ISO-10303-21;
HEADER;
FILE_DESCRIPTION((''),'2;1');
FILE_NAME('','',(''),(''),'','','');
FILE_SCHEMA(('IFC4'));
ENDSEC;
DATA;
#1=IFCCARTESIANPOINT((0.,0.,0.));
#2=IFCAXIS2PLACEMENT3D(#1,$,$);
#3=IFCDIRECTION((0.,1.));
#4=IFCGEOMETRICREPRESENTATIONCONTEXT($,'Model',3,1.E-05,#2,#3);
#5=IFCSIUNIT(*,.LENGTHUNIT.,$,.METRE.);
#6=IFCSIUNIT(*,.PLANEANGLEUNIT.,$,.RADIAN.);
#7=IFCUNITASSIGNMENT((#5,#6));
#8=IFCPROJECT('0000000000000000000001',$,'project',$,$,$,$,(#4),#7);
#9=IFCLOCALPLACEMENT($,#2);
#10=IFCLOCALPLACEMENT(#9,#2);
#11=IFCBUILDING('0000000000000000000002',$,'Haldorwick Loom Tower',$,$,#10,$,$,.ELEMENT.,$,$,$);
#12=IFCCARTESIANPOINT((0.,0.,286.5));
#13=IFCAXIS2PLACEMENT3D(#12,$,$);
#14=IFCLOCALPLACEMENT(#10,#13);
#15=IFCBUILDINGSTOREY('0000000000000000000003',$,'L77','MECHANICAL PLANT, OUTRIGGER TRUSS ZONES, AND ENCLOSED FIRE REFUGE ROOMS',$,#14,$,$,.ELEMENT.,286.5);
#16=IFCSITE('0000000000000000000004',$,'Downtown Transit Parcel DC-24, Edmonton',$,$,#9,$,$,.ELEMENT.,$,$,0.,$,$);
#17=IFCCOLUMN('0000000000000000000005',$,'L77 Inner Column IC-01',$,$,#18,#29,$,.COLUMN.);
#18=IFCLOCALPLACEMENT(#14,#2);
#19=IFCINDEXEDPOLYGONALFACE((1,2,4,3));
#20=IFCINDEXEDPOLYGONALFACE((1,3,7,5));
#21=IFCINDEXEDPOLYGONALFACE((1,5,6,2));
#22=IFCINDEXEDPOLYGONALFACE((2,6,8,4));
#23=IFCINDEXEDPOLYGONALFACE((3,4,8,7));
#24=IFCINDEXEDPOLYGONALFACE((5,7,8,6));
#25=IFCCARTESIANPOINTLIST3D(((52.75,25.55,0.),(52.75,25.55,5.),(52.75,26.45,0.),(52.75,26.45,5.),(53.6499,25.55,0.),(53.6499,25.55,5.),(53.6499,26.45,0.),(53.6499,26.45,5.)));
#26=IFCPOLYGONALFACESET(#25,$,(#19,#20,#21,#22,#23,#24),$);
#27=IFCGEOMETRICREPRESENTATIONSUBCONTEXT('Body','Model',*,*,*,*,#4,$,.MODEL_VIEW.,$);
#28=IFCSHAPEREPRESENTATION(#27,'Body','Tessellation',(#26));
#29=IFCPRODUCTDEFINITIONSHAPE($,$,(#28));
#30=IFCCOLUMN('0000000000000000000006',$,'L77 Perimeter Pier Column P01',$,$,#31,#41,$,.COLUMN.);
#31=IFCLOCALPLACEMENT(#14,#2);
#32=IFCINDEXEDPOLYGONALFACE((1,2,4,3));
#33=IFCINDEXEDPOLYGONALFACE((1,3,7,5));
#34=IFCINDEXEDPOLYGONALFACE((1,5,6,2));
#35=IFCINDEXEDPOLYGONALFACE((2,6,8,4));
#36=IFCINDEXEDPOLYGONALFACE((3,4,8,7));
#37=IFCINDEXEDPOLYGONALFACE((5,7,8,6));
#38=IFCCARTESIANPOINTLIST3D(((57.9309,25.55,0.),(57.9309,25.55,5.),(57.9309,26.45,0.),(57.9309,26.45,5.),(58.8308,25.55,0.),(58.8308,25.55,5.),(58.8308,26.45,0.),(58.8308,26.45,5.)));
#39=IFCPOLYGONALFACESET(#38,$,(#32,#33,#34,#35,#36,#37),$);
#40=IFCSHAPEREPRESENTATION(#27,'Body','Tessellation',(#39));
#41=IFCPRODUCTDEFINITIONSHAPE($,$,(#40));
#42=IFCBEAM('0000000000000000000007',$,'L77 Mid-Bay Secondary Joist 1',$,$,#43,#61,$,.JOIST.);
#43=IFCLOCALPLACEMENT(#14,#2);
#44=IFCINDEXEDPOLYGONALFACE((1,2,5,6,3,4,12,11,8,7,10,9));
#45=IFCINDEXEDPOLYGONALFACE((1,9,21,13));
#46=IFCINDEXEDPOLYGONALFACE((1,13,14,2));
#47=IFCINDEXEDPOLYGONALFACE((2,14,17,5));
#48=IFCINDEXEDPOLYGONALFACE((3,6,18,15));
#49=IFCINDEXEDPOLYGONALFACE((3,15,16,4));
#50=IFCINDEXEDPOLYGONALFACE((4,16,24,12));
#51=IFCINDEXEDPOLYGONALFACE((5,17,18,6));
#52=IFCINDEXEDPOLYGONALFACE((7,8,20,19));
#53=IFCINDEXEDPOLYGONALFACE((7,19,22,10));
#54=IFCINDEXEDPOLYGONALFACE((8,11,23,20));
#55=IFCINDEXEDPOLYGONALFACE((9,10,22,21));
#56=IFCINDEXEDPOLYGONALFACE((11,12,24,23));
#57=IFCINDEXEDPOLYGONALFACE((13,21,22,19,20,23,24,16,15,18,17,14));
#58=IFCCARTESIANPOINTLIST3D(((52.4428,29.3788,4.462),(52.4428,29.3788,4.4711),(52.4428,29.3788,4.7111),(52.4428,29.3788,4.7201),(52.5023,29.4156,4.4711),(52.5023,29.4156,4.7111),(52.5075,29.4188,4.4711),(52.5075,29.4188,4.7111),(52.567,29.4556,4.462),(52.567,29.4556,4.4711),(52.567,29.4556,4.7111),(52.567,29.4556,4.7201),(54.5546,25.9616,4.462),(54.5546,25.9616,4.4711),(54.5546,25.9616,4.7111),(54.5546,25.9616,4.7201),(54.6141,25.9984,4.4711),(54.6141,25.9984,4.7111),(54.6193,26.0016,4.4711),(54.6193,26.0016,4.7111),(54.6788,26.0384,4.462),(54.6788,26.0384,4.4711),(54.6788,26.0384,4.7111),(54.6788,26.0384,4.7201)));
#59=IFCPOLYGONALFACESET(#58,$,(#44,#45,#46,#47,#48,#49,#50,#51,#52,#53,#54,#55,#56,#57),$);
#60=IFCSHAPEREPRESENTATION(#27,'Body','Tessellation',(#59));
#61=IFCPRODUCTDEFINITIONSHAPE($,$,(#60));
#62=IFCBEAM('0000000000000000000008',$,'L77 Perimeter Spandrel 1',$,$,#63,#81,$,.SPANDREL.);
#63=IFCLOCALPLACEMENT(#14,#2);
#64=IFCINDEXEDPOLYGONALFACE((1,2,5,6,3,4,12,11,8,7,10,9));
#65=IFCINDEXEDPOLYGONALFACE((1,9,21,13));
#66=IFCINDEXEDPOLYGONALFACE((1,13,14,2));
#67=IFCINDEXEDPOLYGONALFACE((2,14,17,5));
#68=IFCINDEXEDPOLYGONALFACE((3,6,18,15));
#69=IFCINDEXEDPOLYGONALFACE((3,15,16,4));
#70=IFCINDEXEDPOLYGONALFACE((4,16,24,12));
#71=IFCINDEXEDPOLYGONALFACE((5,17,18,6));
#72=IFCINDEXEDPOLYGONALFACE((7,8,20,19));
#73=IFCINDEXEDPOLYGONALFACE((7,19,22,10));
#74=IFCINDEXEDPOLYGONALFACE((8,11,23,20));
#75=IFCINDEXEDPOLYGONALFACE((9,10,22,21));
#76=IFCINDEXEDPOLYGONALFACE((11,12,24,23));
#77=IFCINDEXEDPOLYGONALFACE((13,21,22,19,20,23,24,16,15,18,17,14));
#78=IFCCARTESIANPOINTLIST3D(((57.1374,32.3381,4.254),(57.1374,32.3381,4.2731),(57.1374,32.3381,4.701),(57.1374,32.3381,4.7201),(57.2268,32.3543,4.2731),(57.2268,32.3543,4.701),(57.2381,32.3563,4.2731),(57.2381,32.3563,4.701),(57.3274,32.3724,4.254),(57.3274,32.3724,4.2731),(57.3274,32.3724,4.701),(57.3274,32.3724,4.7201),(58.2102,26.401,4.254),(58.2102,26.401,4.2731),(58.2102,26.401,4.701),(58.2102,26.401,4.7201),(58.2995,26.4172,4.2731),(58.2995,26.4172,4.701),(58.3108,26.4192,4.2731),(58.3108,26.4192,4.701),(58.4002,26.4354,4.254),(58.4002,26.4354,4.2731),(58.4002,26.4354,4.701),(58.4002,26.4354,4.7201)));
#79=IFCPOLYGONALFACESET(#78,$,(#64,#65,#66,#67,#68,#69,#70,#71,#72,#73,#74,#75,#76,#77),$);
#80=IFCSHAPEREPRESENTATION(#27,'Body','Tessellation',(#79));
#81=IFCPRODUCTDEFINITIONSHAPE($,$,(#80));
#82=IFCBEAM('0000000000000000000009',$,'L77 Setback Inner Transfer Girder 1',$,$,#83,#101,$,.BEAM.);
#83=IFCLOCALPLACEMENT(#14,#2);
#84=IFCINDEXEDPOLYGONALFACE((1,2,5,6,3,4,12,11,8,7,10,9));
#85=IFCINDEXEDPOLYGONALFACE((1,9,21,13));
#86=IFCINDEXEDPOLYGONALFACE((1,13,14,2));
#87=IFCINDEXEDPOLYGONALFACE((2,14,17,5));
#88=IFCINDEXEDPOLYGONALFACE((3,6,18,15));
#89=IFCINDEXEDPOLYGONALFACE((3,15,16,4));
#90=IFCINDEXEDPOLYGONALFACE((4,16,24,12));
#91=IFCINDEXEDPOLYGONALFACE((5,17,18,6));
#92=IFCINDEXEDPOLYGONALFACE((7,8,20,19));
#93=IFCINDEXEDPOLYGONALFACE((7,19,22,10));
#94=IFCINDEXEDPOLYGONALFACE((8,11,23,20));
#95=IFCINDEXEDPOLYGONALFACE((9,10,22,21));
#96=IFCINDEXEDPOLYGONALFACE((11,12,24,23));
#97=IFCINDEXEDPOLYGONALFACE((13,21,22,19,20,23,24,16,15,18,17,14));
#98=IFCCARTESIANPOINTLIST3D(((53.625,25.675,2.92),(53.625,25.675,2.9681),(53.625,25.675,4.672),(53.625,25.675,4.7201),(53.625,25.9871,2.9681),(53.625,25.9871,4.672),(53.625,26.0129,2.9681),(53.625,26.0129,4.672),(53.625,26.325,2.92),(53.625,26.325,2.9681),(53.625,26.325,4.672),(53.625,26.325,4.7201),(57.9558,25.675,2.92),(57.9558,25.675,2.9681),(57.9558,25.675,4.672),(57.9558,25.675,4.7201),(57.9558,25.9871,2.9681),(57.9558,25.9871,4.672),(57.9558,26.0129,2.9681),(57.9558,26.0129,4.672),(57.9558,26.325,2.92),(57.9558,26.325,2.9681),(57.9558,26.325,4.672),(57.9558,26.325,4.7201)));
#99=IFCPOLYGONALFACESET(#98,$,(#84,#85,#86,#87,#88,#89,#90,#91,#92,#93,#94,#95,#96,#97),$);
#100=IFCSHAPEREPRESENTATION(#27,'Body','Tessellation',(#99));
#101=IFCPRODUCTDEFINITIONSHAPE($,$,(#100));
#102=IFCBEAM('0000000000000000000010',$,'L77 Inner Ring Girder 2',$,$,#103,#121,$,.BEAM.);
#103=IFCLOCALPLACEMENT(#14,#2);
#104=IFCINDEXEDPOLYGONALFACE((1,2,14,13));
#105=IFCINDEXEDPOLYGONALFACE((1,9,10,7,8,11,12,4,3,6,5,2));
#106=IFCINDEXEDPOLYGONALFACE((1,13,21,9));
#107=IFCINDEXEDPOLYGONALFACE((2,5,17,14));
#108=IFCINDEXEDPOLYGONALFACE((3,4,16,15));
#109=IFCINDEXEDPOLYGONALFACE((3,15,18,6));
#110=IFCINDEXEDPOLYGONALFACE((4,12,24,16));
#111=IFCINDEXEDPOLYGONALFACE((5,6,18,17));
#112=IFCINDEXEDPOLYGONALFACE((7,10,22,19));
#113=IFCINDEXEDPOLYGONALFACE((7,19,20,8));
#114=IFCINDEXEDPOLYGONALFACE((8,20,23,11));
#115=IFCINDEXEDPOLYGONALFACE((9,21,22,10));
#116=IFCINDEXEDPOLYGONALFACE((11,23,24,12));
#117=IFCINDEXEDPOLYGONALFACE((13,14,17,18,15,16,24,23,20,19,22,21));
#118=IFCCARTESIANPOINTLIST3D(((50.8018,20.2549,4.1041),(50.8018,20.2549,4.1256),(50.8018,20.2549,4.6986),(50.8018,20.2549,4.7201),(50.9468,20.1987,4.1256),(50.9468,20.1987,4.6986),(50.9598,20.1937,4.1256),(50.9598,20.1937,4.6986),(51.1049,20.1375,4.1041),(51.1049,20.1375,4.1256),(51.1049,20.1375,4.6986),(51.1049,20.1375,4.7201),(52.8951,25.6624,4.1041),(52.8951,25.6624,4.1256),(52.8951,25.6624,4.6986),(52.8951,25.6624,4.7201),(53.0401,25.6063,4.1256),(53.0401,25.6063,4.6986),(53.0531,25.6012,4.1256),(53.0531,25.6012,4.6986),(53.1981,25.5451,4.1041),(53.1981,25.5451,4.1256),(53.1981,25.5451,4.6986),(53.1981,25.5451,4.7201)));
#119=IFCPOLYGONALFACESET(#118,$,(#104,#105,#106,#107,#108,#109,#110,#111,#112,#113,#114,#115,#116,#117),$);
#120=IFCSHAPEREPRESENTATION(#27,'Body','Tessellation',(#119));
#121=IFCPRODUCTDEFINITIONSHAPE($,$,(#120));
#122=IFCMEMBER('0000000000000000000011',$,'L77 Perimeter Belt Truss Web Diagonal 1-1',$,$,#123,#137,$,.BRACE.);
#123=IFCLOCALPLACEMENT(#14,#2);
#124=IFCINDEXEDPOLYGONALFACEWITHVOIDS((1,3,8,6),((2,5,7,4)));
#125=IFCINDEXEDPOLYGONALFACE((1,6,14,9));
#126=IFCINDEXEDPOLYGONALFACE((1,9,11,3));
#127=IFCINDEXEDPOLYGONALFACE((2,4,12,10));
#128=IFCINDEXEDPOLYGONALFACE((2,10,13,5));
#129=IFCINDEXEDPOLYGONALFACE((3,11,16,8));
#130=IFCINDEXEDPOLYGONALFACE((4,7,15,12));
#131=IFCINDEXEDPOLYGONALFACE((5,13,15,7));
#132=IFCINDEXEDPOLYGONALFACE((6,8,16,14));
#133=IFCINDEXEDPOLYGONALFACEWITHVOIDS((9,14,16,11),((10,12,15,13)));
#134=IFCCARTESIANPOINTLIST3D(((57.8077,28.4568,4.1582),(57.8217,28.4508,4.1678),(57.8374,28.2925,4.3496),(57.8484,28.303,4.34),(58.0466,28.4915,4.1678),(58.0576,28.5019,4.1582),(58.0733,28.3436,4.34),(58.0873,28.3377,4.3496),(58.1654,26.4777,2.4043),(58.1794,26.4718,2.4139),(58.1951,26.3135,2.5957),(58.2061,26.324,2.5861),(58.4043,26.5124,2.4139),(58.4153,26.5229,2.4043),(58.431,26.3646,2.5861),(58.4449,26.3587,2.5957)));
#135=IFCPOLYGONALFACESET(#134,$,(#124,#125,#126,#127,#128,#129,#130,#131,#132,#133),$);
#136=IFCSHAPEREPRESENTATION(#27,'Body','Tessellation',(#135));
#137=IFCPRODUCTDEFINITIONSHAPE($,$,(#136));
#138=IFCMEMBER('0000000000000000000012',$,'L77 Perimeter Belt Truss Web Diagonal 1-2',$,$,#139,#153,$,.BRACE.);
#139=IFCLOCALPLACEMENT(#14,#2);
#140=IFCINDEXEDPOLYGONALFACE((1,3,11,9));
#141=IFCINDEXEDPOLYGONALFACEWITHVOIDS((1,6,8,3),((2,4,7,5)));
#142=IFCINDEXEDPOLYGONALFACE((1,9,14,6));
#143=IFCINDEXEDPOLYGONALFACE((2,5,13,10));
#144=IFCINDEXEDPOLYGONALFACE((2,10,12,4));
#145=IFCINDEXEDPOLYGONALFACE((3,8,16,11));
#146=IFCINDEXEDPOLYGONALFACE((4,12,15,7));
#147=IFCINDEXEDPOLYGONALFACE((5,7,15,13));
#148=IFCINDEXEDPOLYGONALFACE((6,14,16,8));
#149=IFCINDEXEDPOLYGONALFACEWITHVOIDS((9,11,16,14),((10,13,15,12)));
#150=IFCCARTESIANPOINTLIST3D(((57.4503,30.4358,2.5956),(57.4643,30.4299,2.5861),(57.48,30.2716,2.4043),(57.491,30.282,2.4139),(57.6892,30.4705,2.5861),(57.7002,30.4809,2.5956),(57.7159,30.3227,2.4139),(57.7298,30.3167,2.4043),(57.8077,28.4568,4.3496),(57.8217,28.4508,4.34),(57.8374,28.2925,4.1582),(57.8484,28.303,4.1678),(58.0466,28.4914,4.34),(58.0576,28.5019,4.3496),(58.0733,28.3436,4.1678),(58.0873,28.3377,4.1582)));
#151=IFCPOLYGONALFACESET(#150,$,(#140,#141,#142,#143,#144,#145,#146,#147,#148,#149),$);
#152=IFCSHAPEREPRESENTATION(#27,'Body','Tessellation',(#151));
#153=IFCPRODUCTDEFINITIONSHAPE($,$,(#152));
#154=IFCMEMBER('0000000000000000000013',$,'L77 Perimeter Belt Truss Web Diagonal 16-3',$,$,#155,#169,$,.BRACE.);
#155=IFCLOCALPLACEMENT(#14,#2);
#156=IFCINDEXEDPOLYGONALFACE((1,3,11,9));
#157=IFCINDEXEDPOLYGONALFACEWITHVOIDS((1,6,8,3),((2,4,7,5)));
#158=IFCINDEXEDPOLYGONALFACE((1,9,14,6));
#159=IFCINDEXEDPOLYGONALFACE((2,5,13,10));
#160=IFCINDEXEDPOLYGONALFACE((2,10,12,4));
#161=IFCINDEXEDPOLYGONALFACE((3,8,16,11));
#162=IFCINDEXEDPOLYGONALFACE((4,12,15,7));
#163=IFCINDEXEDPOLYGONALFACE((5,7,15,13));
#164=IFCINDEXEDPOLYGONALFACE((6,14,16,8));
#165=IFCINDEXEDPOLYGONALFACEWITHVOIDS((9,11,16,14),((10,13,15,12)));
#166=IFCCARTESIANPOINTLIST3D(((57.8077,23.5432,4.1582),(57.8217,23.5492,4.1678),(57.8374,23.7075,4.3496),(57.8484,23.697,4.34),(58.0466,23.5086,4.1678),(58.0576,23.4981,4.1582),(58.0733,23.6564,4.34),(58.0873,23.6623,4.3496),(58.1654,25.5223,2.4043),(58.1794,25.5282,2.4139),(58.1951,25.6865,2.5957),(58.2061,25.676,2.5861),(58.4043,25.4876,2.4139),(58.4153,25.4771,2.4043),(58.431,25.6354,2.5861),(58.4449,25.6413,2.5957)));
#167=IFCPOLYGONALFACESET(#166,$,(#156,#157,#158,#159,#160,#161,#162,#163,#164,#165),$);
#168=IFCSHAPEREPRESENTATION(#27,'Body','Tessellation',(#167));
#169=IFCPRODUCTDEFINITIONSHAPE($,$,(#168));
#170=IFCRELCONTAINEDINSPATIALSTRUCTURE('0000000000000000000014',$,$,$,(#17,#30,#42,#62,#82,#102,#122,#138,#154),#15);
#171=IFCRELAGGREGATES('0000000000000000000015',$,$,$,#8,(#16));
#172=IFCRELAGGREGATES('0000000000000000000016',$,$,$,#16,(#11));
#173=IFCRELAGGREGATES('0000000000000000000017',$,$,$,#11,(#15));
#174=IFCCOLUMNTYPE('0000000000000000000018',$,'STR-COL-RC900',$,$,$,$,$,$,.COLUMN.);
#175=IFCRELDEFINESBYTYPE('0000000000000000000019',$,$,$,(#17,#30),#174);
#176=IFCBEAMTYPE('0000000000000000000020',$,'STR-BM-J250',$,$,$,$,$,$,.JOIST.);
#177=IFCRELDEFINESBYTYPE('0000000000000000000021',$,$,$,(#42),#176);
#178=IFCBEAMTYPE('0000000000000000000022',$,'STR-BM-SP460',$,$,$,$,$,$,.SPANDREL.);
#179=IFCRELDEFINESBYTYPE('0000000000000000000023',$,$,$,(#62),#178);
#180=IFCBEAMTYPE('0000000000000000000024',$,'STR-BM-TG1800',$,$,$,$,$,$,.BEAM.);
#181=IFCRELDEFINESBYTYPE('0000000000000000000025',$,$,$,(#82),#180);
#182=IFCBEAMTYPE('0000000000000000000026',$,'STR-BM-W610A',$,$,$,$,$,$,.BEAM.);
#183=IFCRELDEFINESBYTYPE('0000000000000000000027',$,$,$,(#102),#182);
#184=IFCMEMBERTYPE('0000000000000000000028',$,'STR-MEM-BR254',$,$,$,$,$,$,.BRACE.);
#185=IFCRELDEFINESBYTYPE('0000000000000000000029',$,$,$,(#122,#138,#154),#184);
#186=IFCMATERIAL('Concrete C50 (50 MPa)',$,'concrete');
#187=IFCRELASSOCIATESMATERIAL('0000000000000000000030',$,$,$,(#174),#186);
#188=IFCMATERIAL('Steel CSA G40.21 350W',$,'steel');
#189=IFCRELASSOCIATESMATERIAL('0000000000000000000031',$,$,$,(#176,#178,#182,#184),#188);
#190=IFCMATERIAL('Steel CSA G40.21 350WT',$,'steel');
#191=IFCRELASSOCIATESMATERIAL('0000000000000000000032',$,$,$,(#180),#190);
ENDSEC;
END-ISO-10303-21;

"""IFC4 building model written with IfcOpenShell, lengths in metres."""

from ifc_helpers import new_model, si_unit, direction, frame, origin, origin_2d, place, context, subcontext, project, spatial, rectangle, hollow_rectangle, i_section, extrude, material, material_profile, profile_set, type_object, element, save


model = new_model("IFC4")

# Units and contexts
model_context = context("Model", 3, precision=1e-05, world=origin(), true_north=direction((0.0, 1.0)))
body_context = subcontext(model_context, "Body", "Model", "MODEL_VIEW")
ifc_project = project(units=[si_unit("LENGTHUNIT", "METRE"), si_unit("PLANEANGLEUNIT", "RADIAN")], contexts=[model_context])

# Site, building, storey
site_placement = place(None, origin())
site = spatial("IfcSite", under=ifc_project, at=site_placement, Name="Downtown Transit Parcel DC-24, Edmonton", CompositionType="ELEMENT", RefElevation=0.0)
building_placement = place(site_placement, origin())
building = spatial("IfcBuilding", under=site, at=building_placement, Name="Haldorwick Loom Tower", CompositionType="ELEMENT")
storey_placement = place(building_placement, frame((0.0, 0.0, 286.5)))
storey = spatial("IfcBuildingStorey", under=building, at=storey_placement, Name="L77", Description="MECHANICAL PLANT, OUTRIGGER TRUSS ZONES, AND ENCLOSED FIRE REFUGE ROOMS", CompositionType="ELEMENT", Elevation=286.5)

# Columns
ifc_material_1 = material(Name="Concrete C50 (50 MPa)", Category="concrete")
ifc_material_profile_1 = material_profile(ifc_material_1, rectangle(XDim=0.8999, YDim=0.8999, at=origin_2d()), Name="RC900X900", Category="concrete")
ifc_profile_set_1 = profile_set([ifc_material_profile_1], Name="Concrete C50 (50 MPa)")
column_type = type_object("IfcColumnType", Name="STR-COL-RC900", PredefinedType="COLUMN", material=ifc_profile_set_1)
for number, where, z_axis, x_axis, name in (
    (1, (53.2, 26.0, 0.0), (0.0, 0.0, 1.0), (1.0, 0.0, 0.0), "L77 Inner Column IC-01"),
    (2, (58.3809, 26.0, 0.0), (0.0, 0.0, 1.0), (1.0, 0.0, 0.0), "L77 Perimeter Pier Column P01"),
):
    element("IfcColumn", number, at=place(storey_placement, frame(where, z_axis=z_axis, x_axis=x_axis)), inside=storey, type_object=column_type, Name=name, PredefinedType="COLUMN", context=body_context, shape_type="SweptSolid", body=[
        extrude(rectangle(XDim=0.8999, YDim=0.8999, at=origin_2d()), origin(), (0.0, 0.0, 1.0), 5.0),
    ])

# Beams
ifc_material_2 = material(Name="Steel CSA G40.21 350W", Category="steel")
ifc_material_profile_2 = material_profile(ifc_material_2, i_section(OverallWidth=0.146, OverallDepth=0.2581, WebThickness=0.0061, FlangeThickness=0.009, at=origin_2d()), Name="W250X33", Category="steel")
ifc_profile_set_2 = profile_set([ifc_material_profile_2], Name="Steel CSA G40.21 350W")
beam_type_1 = type_object("IfcBeamType", Name="STR-BM-J250", PredefinedType="JOIST", material=ifc_profile_set_2)
beam_1_placement = place(storey_placement, frame((54.6167, 26.0, 4.5911), z_axis=(-0.525704, 0.850668, 0.0), x_axis=(-0.850668, -0.525704, 0.0)))
element("IfcBeam", 3, at=beam_1_placement, inside=storey, type_object=beam_type_1, Name="L77 Mid-Bay Secondary Joist 1", PredefinedType="JOIST", context=body_context, shape_type="SweptSolid", body=[
    extrude(i_section(OverallWidth=0.146, OverallDepth=0.2581, WebThickness=0.0061, FlangeThickness=0.009, at=origin_2d()), origin(), (0.0, 0.0, 1.0), 4.0171),
])
ifc_material_profile_3 = material_profile(ifc_material_2, i_section(OverallWidth=0.1931, OverallDepth=0.4661, WebThickness=0.0115, FlangeThickness=0.019, at=origin_2d()), Name="W460X97", Category="steel")
ifc_profile_set_3 = profile_set([ifc_material_profile_3], Name="Steel CSA G40.21 350W")
beam_type_2 = type_object("IfcBeamType", Name="STR-BM-SP460", PredefinedType="SPANDREL", material=ifc_profile_set_3)
beam_2_placement = place(storey_placement, frame((58.3052, 26.4182, 4.4871), z_axis=(-0.17781, 0.984065, 0.0), x_axis=(-0.984065, -0.17781, 0.0)))
element("IfcBeam", 4, at=beam_2_placement, inside=storey, type_object=beam_type_2, Name="L77 Perimeter Spandrel 1", PredefinedType="SPANDREL", context=body_context, shape_type="SweptSolid", body=[
    extrude(i_section(OverallWidth=0.1931, OverallDepth=0.4661, WebThickness=0.0115, FlangeThickness=0.019, at=origin_2d()), origin(), (0.0, 0.0, 1.0), 6.0332),
])
ifc_material_3 = material(Name="Steel CSA G40.21 350WT", Category="steel")
ifc_material_profile_4 = material_profile(ifc_material_3, i_section(OverallWidth=0.6499, OverallDepth=1.8, WebThickness=0.0259, FlangeThickness=0.0481, at=origin_2d()), Name="WWF1800X650", Category="steel")
ifc_profile_set_4 = profile_set([ifc_material_profile_4], Name="Steel CSA G40.21 350WT")
beam_type_3 = type_object("IfcBeamType", Name="STR-BM-TG1800", PredefinedType="BEAM", material=ifc_profile_set_4)
beam_3_placement = place(storey_placement, frame((53.625, 26.0, 3.8201), z_axis=(1.0, 0.0, 0.0), x_axis=(0.0, 1.0, 0.0)))
element("IfcBeam", 5, at=beam_3_placement, inside=storey, type_object=beam_type_3, Name="L77 Setback Inner Transfer Girder 1", PredefinedType="BEAM", context=body_context, shape_type="SweptSolid", body=[
    extrude(i_section(OverallWidth=0.6499, OverallDepth=1.8, WebThickness=0.0259, FlangeThickness=0.0481, at=origin_2d()), origin(), (0.0, 0.0, 1.0), 4.3308),
])
ifc_material_profile_5 = material_profile(ifc_material_2, i_section(OverallWidth=0.325, OverallDepth=0.616, WebThickness=0.0139, FlangeThickness=0.0215, at=origin_2d()), Name="W610X174", Category="steel")
ifc_profile_set_5 = profile_set([ifc_material_profile_5], Name="Steel CSA G40.21 350W")
beam_type_4 = type_object("IfcBeamType", Name="STR-BM-W610A", PredefinedType="BEAM", material=ifc_profile_set_5)
beam_4_placement = place(storey_placement, frame((53.0466, 25.6038, 4.4121), z_axis=(-0.361001, -0.932565, 0.0), x_axis=(0.932565, -0.361001, 0.0)))
element("IfcBeam", 6, at=beam_4_placement, inside=storey, type_object=beam_type_4, Name="L77 Inner Ring Girder 2", PredefinedType="BEAM", context=body_context, shape_type="SweptSolid", body=[
    extrude(i_section(OverallWidth=0.325, OverallDepth=0.616, WebThickness=0.0139, FlangeThickness=0.0215, at=origin_2d()), origin(), (0.0, 0.0, 1.0), 5.7986),
])

# Members
ifc_material_profile_6 = material_profile(ifc_material_2, hollow_rectangle(XDim=0.2539, YDim=0.2539, WallThickness=0.0127, at=origin_2d()), Name="HSS254X254X13", Category="steel")
ifc_profile_set_6 = profile_set([ifc_material_profile_6], Name="Steel CSA G40.21 350W")
member_type_1 = type_object("IfcMemberType", Name="STR-MEM-BR254", PredefinedType="BRACE", material=ifc_profile_set_6)
for number, where, z_axis, x_axis, name in (
    (7, (58.3052, 26.4182, 2.5), (-0.134036, 0.741633, 0.657278), (-0.984058, -0.177849, 0.0), "L77 Perimeter Belt Truss Web Diagonal 1-1"),
    (8, (57.9475, 28.3972, 4.2539), (-0.133946, 0.741643, -0.657286), (-0.984079, -0.177732, 0.0), "L77 Perimeter Belt Truss Web Diagonal 1-2"),
    (9, (57.9475, 23.6028, 4.2539), (0.134036, 0.741633, -0.657278), (-0.984058, 0.177849, 0.0), "L77 Perimeter Belt Truss Web Diagonal 16-3"),
):
    element("IfcMember", number, at=place(storey_placement, frame(where, z_axis=z_axis, x_axis=x_axis)), inside=storey, type_object=member_type_1, Name=name, PredefinedType="BRACE", context=body_context, shape_type="SweptSolid", body=[
        extrude(hollow_rectangle(XDim=0.2539, YDim=0.2539, WallThickness=0.0127, at=origin_2d()), origin(), (0.0, 0.0, 1.0), 2.6685),
    ])

save(model, "model.ifc")
